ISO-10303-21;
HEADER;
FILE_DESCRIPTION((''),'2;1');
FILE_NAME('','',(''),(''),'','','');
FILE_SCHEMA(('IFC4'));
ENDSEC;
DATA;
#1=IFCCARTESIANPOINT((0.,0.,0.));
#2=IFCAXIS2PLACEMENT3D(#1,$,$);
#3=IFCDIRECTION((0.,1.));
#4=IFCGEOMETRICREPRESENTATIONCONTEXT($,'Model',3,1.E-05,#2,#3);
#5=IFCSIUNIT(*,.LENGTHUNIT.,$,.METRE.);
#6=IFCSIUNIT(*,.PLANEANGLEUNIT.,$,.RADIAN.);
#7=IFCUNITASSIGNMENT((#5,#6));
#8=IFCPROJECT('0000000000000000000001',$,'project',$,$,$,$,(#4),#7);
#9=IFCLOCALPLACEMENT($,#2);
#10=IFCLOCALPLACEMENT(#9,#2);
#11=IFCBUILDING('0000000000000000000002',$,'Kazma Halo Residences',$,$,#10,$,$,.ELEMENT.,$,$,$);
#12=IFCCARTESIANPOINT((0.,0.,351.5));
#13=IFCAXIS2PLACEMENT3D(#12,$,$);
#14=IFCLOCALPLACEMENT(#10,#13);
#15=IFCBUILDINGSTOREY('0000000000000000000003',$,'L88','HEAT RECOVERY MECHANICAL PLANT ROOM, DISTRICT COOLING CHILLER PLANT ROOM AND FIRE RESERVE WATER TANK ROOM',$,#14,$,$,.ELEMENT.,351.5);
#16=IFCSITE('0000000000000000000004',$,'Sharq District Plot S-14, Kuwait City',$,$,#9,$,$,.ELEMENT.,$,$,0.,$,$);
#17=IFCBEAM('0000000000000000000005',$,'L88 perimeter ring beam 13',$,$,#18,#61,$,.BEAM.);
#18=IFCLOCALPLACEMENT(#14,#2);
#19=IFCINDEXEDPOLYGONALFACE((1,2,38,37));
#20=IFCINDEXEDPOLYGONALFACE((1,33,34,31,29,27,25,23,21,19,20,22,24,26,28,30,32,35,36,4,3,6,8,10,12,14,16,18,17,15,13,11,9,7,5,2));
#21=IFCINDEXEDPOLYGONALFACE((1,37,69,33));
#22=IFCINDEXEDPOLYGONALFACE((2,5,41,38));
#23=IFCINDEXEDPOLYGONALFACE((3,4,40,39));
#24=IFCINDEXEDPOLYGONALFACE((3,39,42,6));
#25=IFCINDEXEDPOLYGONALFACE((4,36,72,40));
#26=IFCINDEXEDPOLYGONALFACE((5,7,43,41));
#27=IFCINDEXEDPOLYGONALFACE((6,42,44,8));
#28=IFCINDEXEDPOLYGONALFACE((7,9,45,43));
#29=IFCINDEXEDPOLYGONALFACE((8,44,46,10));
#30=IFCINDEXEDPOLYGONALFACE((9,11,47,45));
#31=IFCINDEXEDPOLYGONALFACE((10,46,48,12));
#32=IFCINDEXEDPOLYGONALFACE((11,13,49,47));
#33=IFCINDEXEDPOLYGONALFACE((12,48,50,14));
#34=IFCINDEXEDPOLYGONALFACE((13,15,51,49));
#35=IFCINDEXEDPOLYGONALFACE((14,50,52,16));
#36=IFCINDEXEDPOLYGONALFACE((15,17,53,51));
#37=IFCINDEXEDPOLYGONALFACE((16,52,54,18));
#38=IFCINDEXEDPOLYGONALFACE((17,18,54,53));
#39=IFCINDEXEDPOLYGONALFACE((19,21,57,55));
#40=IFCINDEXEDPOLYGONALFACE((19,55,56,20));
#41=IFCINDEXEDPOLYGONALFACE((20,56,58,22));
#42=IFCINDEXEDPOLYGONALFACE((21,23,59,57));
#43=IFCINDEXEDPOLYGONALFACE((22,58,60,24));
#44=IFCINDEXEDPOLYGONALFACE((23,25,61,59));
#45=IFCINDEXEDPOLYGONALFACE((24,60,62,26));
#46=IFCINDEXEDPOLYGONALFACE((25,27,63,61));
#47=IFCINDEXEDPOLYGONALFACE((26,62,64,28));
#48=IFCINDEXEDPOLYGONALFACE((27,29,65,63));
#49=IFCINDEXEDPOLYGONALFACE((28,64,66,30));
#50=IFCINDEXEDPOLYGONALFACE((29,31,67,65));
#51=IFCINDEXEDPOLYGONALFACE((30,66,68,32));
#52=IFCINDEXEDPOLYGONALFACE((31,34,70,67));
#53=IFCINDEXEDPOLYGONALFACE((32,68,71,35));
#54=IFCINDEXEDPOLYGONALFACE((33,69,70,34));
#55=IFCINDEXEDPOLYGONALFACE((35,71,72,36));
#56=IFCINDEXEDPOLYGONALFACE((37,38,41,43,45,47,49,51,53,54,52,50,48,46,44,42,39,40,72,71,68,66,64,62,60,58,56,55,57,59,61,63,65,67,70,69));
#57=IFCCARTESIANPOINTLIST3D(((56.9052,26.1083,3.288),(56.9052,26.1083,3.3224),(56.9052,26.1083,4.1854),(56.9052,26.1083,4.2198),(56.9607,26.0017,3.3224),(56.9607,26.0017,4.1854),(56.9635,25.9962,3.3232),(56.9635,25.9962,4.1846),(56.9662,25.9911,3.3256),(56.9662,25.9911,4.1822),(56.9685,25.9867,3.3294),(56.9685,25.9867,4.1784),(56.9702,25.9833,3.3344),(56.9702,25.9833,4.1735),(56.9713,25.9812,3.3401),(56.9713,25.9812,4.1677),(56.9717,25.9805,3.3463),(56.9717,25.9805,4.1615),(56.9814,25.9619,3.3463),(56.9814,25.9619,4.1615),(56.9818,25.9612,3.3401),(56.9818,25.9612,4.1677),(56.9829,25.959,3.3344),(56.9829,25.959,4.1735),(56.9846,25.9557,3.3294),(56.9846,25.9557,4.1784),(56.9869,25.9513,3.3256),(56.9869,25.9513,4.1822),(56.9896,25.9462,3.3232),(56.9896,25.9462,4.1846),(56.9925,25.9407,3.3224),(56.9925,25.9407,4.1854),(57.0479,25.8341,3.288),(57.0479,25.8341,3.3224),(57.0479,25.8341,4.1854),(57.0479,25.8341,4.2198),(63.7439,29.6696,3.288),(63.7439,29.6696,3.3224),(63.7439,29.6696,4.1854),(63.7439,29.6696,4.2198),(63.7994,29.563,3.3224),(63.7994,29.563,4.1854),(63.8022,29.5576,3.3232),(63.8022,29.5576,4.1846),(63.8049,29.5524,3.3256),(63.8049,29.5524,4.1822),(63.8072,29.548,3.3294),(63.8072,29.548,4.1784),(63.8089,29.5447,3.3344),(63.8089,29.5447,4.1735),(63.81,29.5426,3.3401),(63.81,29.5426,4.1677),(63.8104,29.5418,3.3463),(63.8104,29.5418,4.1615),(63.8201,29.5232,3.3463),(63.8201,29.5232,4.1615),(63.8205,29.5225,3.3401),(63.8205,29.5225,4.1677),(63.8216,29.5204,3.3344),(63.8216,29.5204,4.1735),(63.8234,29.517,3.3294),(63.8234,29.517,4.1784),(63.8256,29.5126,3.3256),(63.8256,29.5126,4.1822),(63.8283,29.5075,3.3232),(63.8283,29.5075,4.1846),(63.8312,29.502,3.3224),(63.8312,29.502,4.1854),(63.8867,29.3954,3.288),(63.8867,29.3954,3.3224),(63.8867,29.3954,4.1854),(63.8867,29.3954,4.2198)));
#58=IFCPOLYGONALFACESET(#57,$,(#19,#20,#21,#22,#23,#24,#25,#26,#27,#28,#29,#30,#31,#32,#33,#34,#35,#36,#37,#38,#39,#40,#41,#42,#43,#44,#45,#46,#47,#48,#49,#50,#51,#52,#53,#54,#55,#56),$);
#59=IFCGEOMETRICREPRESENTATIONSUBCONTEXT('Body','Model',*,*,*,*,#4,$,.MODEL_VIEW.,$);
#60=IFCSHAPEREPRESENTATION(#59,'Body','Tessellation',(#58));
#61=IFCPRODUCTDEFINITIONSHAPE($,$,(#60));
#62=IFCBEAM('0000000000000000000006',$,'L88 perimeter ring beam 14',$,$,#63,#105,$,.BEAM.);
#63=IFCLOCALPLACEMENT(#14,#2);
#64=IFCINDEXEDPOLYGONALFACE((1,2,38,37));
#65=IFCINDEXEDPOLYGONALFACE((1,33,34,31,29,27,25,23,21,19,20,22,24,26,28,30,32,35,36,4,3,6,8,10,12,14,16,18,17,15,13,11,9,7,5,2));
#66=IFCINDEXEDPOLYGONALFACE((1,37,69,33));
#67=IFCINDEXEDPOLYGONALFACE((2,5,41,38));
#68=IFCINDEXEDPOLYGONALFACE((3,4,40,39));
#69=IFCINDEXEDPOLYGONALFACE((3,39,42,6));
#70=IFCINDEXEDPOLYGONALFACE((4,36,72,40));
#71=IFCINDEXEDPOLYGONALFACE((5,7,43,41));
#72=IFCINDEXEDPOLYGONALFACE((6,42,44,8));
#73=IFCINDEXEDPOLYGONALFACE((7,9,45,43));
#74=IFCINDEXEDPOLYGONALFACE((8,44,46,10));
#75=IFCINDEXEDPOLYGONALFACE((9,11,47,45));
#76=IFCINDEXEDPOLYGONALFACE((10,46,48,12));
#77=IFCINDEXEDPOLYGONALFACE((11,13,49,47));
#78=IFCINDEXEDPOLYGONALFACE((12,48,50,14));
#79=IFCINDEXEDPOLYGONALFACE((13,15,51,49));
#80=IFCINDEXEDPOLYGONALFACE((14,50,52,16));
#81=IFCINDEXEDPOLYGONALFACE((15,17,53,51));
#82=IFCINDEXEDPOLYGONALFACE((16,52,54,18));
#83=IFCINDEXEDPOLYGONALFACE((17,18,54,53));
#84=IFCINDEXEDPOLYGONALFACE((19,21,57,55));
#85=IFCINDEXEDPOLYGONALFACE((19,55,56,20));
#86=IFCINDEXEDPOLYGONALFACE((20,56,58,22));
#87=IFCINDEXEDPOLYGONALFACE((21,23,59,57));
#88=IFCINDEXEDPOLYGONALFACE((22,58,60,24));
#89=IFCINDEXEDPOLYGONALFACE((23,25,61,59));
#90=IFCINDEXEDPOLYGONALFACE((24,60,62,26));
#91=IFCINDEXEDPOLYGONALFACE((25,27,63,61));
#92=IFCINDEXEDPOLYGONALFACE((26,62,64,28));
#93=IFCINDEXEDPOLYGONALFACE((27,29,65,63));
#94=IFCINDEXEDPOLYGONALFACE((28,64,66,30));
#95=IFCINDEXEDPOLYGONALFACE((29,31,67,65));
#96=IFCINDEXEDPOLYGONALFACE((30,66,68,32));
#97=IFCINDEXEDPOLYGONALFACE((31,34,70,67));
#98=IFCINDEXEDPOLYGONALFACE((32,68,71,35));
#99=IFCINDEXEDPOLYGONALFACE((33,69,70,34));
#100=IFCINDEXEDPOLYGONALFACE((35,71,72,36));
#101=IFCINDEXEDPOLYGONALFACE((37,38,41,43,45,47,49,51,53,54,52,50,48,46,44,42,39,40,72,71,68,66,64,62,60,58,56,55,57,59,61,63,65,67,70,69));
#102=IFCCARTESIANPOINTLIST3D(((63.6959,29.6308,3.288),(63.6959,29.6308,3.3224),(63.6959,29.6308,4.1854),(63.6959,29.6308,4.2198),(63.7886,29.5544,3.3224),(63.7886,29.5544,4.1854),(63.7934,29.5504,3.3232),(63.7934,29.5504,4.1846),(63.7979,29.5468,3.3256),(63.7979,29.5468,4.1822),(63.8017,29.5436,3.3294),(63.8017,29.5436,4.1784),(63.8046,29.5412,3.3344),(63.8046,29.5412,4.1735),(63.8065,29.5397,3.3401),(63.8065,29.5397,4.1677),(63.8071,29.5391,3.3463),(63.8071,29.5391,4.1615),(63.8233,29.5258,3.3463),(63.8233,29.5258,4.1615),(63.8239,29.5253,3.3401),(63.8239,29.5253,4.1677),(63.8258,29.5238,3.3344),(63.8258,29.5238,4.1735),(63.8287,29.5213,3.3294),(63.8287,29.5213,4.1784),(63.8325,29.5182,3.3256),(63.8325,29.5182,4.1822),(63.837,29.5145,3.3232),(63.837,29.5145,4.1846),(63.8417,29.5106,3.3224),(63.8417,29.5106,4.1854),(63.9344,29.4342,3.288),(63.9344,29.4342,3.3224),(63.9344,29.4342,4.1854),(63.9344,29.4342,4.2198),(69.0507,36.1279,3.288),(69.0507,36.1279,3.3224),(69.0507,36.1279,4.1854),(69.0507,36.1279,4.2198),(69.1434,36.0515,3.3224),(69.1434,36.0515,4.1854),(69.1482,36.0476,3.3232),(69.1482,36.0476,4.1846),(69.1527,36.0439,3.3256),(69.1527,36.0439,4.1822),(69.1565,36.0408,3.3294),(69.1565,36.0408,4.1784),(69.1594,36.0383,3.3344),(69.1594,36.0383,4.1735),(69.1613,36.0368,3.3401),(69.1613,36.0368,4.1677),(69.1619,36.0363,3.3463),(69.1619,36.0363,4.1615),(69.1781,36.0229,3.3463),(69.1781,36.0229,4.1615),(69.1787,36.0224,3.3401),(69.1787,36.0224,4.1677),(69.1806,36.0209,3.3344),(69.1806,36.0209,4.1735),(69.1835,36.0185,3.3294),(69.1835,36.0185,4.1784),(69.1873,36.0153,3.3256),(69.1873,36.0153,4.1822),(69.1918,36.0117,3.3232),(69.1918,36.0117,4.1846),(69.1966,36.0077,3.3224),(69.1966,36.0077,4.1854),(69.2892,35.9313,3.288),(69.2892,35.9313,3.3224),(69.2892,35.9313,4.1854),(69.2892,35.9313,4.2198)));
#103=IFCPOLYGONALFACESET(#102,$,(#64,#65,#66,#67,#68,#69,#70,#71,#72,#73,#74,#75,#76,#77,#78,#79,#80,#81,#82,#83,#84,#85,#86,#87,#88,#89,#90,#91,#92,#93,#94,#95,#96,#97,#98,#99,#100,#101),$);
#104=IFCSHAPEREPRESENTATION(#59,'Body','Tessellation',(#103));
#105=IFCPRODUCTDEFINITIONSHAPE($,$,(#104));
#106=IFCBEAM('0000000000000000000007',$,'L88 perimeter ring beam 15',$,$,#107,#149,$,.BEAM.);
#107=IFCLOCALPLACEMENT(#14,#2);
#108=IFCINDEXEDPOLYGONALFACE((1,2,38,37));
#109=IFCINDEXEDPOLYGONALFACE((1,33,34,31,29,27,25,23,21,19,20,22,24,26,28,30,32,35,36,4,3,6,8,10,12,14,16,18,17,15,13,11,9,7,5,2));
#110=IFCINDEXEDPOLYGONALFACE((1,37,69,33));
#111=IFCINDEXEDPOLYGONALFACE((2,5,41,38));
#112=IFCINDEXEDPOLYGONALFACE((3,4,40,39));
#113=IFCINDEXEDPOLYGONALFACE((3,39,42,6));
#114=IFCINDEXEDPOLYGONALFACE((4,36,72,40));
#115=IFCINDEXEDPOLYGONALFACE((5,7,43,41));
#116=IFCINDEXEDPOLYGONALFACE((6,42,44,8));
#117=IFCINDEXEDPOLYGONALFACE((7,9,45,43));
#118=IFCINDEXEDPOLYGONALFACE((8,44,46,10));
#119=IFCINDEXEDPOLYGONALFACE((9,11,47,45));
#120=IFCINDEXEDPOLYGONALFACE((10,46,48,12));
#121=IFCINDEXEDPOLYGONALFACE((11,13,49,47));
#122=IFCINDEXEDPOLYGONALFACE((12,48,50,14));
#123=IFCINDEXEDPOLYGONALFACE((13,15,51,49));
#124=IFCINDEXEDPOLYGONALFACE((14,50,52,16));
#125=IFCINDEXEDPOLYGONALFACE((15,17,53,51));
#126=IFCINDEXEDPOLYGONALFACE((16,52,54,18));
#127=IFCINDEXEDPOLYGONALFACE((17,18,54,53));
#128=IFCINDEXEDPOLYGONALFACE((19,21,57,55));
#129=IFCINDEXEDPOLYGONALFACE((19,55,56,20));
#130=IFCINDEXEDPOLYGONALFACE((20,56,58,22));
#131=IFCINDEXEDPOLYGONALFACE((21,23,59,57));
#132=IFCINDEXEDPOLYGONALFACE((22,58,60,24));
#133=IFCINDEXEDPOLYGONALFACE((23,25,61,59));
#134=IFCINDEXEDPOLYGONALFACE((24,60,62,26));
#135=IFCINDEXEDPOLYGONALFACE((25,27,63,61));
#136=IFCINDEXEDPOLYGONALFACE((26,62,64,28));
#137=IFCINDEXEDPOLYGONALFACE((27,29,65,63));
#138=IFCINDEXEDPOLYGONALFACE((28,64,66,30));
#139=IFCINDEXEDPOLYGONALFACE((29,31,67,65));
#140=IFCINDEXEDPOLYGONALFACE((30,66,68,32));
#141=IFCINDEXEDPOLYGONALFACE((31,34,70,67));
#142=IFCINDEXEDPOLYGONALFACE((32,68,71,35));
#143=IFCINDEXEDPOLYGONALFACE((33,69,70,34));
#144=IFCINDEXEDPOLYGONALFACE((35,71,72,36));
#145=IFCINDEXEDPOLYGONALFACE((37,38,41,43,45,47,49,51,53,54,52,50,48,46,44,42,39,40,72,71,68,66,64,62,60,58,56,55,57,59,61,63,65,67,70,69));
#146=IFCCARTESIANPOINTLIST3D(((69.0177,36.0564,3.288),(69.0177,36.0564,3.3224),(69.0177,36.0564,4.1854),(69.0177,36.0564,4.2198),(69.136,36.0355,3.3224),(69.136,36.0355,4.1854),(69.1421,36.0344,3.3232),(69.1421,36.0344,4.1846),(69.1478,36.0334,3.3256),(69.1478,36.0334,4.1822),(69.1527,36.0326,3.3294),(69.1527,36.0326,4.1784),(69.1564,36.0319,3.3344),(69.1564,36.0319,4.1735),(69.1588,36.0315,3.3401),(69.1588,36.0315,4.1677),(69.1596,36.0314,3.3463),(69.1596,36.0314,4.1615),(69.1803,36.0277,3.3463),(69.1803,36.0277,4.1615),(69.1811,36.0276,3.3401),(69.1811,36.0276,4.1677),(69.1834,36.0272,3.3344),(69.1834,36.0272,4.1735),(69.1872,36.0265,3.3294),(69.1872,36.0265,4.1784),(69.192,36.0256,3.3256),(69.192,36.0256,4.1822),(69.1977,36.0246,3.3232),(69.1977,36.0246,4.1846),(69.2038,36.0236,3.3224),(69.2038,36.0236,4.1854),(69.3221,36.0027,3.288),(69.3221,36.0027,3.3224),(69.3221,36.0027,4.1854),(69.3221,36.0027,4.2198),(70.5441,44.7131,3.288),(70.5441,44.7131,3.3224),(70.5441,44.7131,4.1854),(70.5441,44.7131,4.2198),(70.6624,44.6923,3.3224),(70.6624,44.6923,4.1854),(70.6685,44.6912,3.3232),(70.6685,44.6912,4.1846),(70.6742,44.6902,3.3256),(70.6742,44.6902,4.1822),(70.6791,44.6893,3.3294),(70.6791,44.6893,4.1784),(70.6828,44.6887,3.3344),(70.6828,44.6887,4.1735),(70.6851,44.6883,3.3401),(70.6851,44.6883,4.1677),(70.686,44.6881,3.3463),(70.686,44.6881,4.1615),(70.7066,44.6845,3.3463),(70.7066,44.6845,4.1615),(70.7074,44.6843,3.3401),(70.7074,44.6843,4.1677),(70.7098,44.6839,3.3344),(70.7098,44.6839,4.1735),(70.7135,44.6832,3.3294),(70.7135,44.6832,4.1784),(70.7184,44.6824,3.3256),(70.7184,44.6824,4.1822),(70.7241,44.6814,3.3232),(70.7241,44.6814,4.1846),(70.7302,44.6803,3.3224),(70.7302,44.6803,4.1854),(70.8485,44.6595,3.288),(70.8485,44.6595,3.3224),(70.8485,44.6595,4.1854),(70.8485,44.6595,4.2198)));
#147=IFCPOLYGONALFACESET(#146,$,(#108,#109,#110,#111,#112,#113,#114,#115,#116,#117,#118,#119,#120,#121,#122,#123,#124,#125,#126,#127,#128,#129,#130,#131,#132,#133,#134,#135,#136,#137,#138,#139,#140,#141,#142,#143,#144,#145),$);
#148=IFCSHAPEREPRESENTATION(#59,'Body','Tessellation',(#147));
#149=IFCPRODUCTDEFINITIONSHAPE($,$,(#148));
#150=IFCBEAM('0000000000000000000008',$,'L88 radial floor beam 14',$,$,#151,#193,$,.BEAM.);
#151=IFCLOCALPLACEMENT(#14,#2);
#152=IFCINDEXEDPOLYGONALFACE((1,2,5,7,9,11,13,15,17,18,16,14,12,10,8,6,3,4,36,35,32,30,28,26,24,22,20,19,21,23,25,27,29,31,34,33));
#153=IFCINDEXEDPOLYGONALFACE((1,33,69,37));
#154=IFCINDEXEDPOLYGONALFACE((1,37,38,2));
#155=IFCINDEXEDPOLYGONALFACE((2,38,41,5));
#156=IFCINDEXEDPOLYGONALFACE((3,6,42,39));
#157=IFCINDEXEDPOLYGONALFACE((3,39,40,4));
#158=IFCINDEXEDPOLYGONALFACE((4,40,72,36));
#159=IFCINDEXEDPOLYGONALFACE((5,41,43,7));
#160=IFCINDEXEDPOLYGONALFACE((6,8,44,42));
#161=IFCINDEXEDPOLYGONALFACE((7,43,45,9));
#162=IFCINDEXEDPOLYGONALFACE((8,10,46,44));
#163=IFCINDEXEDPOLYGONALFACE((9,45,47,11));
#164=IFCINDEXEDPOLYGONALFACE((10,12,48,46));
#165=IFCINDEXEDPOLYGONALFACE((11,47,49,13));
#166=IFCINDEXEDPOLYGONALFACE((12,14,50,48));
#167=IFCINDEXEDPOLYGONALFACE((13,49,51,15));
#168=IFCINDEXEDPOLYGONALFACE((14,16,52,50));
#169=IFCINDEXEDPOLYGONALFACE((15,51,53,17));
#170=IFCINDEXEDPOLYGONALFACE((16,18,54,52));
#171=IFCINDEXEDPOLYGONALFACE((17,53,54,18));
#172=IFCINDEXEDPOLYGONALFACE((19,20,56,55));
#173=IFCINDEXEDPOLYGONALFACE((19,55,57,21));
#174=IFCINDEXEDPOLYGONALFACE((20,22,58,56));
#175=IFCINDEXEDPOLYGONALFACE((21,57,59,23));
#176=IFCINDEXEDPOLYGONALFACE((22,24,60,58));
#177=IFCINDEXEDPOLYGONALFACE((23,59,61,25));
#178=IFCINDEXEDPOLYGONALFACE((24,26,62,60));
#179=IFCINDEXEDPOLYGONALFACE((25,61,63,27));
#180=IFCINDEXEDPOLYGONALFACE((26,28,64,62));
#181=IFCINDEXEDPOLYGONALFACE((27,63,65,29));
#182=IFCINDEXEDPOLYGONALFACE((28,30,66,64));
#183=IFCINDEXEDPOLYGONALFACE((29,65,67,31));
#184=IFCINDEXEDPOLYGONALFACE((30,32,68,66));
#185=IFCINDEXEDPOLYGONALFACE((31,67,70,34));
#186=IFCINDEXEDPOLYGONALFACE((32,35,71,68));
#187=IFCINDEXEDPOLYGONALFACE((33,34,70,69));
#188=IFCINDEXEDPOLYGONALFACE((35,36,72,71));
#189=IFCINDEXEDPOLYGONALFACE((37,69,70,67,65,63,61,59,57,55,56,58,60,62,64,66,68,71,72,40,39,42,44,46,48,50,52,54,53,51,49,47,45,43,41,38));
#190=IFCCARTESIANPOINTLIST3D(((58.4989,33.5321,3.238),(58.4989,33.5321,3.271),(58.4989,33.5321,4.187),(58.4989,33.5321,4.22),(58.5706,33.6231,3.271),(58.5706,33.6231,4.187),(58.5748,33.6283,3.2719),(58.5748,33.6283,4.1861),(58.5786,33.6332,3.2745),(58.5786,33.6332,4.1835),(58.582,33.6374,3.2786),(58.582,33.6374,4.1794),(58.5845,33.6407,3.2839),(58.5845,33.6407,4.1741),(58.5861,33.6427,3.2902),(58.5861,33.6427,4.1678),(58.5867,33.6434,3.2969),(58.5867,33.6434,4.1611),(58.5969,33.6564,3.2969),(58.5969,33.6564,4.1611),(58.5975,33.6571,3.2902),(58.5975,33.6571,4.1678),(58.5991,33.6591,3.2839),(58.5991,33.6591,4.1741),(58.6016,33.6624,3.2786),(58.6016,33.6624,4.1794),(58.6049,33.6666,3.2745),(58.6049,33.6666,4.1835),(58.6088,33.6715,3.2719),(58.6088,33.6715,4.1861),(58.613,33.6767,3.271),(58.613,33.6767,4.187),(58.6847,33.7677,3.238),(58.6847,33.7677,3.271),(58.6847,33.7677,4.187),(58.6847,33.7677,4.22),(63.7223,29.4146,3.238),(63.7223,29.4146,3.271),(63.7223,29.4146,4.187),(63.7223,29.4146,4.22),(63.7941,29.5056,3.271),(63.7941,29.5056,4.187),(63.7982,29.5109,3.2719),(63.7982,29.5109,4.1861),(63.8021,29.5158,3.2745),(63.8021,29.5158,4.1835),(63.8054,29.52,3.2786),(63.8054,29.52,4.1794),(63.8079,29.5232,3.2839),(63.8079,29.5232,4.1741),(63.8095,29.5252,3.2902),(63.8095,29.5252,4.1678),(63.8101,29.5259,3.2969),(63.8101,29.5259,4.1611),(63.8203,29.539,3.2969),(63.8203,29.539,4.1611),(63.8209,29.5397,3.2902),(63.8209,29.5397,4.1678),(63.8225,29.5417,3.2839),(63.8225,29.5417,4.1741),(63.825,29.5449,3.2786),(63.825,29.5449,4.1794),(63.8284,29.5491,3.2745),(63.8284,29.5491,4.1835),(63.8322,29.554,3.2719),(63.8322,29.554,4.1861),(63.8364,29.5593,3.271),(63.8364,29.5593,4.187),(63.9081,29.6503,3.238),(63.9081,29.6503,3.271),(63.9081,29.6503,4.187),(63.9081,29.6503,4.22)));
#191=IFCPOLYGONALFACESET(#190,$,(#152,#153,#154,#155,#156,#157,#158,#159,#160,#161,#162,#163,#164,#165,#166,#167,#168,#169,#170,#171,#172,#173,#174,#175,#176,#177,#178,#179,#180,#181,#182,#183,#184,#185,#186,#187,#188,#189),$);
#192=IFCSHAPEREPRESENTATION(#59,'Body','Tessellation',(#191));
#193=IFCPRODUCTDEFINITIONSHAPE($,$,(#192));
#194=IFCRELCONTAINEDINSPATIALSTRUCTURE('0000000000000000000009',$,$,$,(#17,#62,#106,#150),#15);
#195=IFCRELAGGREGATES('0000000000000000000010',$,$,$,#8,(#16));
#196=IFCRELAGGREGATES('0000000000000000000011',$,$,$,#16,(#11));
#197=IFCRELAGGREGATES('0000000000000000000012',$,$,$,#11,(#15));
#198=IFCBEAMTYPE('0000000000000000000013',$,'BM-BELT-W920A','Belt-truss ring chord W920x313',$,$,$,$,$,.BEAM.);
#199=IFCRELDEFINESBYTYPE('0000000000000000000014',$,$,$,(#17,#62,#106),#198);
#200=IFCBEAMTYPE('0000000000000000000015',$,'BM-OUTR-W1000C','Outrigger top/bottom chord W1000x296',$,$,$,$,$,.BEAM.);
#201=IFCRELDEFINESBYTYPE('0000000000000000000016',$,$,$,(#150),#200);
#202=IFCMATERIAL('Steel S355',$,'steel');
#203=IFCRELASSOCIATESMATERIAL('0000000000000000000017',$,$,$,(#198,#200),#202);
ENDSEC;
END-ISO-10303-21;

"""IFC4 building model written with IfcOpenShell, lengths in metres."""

from ifc_helpers import new_model, si_unit, direction, frame, origin, origin_2d, place, context, subcontext, project, spatial, i_section, extrude, material, material_profile, profile_set, type_object, element, save


model = new_model("IFC4")

# Units and contexts
model_context = context("Model", 3, precision=1e-05, world=origin(), true_north=direction((0.0, 1.0)))
body_context = subcontext(model_context, "Body", "Model", "MODEL_VIEW")
ifc_project = project(units=[si_unit("LENGTHUNIT", "METRE"), si_unit("PLANEANGLEUNIT", "RADIAN")], contexts=[model_context])

# Site, building, storey
site_placement = place(None, origin())
site = spatial("IfcSite", under=ifc_project, at=site_placement, Name="Sharq District Plot S-14, Kuwait City", CompositionType="ELEMENT", RefElevation=0.0)
building_placement = place(site_placement, origin())
building = spatial("IfcBuilding", under=site, at=building_placement, Name="Kazma Halo Residences", CompositionType="ELEMENT")
storey_placement = place(building_placement, frame((0.0, 0.0, 351.5)))
storey = spatial("IfcBuildingStorey", under=building, at=storey_placement, Name="L88", Description="HEAT RECOVERY MECHANICAL PLANT ROOM, DISTRICT COOLING CHILLER PLANT ROOM AND FIRE RESERVE WATER TANK ROOM", CompositionType="ELEMENT", Elevation=351.5)

# Shared definitions
ifc_material_1 = material(Name="Steel S355", Category="steel")

# Beams
ifc_material_profile_1 = material_profile(ifc_material_1, i_section(OverallWidth=0.3091, OverallDepth=0.9319, WebThickness=0.021, FlangeThickness=0.0344, FilletRadius=0.0239, at=origin_2d()), Name="W920x313")
ifc_profile_set_1 = profile_set([ifc_material_profile_1], Name="Steel S355")
beam_type_1 = type_object("IfcBeamType", Name="BM-BELT-W920A", Description="Belt-truss ring chord W920x313", PredefinedType="BEAM", material=ifc_profile_set_1)
beam_1_placement = place(storey_placement, frame((56.9766, 25.9712, 3.7539), z_axis=(0.886941, 0.461883, 0.0), x_axis=(-0.461883, 0.886941, 0.0)))
element("IfcBeam", 1, at=beam_1_placement, inside=storey, type_object=beam_type_1, Name="L88 perimeter ring beam 13", PredefinedType="BEAM", context=body_context, shape_type="SweptSolid", body=[
    extrude(i_section(OverallWidth=0.3091, OverallDepth=0.9319, WebThickness=0.021, FlangeThickness=0.0344, FilletRadius=0.0239, at=origin_2d()), origin(), (0.0, 0.0, 1.0), 7.7104),
])
beam_2_placement = place(storey_placement, frame((63.8152, 29.5325, 3.7539), z_axis=(0.636005, 0.771685, 0.0), x_axis=(-0.771685, 0.636005, 0.0)))
element("IfcBeam", 2, at=beam_2_placement, inside=storey, type_object=beam_type_1, Name="L88 perimeter ring beam 14", PredefinedType="BEAM", context=body_context, shape_type="SweptSolid", body=[
    extrude(i_section(OverallWidth=0.3091, OverallDepth=0.9319, WebThickness=0.021, FlangeThickness=0.0344, FilletRadius=0.0239, at=origin_2d()), origin(), (0.0, 0.0, 1.0), 8.4194),
])
beam_3_placement = place(storey_placement, frame((69.1699, 36.0295, 3.7539), z_axis=(0.173643, 0.984809, 0.0), x_axis=(-0.984809, 0.173643, 0.0)))
element("IfcBeam", 3, at=beam_3_placement, inside=storey, type_object=beam_type_1, Name="L88 perimeter ring beam 15", PredefinedType="BEAM", context=body_context, shape_type="SweptSolid", body=[
    extrude(i_section(OverallWidth=0.3091, OverallDepth=0.9319, WebThickness=0.021, FlangeThickness=0.0344, FilletRadius=0.0239, at=origin_2d()), origin(), (0.0, 0.0, 1.0), 8.7903),
])
ifc_material_profile_2 = material_profile(ifc_material_1, i_section(OverallWidth=0.3, OverallDepth=0.9819, WebThickness=0.0166, FlangeThickness=0.033, FilletRadius=0.0259, at=origin_2d()), Name="W1000x296")
ifc_profile_set_2 = profile_set([ifc_material_profile_2], Name="Steel S355")
beam_type_2 = type_object("IfcBeamType", Name="BM-OUTR-W1000C", Description="Outrigger top/bottom chord W1000x296", PredefinedType="BEAM", material=ifc_profile_set_2)
beam_4_placement = place(storey_placement, frame((58.5918, 33.6499, 3.729), z_axis=(0.785343, -0.619061, 0.0), x_axis=(0.619061, 0.785343, 0.0)))
element("IfcBeam", 4, at=beam_4_placement, inside=storey, type_object=beam_type_2, Name="L88 radial floor beam 14", PredefinedType="BEAM", context=body_context, shape_type="SweptSolid", body=[
    extrude(i_section(OverallWidth=0.3, OverallDepth=0.9819, WebThickness=0.0166, FlangeThickness=0.033, FilletRadius=0.0259, at=origin_2d()), origin(), (0.0, 0.0, 1.0), 6.6511),
])

save(model, "model.ifc")
